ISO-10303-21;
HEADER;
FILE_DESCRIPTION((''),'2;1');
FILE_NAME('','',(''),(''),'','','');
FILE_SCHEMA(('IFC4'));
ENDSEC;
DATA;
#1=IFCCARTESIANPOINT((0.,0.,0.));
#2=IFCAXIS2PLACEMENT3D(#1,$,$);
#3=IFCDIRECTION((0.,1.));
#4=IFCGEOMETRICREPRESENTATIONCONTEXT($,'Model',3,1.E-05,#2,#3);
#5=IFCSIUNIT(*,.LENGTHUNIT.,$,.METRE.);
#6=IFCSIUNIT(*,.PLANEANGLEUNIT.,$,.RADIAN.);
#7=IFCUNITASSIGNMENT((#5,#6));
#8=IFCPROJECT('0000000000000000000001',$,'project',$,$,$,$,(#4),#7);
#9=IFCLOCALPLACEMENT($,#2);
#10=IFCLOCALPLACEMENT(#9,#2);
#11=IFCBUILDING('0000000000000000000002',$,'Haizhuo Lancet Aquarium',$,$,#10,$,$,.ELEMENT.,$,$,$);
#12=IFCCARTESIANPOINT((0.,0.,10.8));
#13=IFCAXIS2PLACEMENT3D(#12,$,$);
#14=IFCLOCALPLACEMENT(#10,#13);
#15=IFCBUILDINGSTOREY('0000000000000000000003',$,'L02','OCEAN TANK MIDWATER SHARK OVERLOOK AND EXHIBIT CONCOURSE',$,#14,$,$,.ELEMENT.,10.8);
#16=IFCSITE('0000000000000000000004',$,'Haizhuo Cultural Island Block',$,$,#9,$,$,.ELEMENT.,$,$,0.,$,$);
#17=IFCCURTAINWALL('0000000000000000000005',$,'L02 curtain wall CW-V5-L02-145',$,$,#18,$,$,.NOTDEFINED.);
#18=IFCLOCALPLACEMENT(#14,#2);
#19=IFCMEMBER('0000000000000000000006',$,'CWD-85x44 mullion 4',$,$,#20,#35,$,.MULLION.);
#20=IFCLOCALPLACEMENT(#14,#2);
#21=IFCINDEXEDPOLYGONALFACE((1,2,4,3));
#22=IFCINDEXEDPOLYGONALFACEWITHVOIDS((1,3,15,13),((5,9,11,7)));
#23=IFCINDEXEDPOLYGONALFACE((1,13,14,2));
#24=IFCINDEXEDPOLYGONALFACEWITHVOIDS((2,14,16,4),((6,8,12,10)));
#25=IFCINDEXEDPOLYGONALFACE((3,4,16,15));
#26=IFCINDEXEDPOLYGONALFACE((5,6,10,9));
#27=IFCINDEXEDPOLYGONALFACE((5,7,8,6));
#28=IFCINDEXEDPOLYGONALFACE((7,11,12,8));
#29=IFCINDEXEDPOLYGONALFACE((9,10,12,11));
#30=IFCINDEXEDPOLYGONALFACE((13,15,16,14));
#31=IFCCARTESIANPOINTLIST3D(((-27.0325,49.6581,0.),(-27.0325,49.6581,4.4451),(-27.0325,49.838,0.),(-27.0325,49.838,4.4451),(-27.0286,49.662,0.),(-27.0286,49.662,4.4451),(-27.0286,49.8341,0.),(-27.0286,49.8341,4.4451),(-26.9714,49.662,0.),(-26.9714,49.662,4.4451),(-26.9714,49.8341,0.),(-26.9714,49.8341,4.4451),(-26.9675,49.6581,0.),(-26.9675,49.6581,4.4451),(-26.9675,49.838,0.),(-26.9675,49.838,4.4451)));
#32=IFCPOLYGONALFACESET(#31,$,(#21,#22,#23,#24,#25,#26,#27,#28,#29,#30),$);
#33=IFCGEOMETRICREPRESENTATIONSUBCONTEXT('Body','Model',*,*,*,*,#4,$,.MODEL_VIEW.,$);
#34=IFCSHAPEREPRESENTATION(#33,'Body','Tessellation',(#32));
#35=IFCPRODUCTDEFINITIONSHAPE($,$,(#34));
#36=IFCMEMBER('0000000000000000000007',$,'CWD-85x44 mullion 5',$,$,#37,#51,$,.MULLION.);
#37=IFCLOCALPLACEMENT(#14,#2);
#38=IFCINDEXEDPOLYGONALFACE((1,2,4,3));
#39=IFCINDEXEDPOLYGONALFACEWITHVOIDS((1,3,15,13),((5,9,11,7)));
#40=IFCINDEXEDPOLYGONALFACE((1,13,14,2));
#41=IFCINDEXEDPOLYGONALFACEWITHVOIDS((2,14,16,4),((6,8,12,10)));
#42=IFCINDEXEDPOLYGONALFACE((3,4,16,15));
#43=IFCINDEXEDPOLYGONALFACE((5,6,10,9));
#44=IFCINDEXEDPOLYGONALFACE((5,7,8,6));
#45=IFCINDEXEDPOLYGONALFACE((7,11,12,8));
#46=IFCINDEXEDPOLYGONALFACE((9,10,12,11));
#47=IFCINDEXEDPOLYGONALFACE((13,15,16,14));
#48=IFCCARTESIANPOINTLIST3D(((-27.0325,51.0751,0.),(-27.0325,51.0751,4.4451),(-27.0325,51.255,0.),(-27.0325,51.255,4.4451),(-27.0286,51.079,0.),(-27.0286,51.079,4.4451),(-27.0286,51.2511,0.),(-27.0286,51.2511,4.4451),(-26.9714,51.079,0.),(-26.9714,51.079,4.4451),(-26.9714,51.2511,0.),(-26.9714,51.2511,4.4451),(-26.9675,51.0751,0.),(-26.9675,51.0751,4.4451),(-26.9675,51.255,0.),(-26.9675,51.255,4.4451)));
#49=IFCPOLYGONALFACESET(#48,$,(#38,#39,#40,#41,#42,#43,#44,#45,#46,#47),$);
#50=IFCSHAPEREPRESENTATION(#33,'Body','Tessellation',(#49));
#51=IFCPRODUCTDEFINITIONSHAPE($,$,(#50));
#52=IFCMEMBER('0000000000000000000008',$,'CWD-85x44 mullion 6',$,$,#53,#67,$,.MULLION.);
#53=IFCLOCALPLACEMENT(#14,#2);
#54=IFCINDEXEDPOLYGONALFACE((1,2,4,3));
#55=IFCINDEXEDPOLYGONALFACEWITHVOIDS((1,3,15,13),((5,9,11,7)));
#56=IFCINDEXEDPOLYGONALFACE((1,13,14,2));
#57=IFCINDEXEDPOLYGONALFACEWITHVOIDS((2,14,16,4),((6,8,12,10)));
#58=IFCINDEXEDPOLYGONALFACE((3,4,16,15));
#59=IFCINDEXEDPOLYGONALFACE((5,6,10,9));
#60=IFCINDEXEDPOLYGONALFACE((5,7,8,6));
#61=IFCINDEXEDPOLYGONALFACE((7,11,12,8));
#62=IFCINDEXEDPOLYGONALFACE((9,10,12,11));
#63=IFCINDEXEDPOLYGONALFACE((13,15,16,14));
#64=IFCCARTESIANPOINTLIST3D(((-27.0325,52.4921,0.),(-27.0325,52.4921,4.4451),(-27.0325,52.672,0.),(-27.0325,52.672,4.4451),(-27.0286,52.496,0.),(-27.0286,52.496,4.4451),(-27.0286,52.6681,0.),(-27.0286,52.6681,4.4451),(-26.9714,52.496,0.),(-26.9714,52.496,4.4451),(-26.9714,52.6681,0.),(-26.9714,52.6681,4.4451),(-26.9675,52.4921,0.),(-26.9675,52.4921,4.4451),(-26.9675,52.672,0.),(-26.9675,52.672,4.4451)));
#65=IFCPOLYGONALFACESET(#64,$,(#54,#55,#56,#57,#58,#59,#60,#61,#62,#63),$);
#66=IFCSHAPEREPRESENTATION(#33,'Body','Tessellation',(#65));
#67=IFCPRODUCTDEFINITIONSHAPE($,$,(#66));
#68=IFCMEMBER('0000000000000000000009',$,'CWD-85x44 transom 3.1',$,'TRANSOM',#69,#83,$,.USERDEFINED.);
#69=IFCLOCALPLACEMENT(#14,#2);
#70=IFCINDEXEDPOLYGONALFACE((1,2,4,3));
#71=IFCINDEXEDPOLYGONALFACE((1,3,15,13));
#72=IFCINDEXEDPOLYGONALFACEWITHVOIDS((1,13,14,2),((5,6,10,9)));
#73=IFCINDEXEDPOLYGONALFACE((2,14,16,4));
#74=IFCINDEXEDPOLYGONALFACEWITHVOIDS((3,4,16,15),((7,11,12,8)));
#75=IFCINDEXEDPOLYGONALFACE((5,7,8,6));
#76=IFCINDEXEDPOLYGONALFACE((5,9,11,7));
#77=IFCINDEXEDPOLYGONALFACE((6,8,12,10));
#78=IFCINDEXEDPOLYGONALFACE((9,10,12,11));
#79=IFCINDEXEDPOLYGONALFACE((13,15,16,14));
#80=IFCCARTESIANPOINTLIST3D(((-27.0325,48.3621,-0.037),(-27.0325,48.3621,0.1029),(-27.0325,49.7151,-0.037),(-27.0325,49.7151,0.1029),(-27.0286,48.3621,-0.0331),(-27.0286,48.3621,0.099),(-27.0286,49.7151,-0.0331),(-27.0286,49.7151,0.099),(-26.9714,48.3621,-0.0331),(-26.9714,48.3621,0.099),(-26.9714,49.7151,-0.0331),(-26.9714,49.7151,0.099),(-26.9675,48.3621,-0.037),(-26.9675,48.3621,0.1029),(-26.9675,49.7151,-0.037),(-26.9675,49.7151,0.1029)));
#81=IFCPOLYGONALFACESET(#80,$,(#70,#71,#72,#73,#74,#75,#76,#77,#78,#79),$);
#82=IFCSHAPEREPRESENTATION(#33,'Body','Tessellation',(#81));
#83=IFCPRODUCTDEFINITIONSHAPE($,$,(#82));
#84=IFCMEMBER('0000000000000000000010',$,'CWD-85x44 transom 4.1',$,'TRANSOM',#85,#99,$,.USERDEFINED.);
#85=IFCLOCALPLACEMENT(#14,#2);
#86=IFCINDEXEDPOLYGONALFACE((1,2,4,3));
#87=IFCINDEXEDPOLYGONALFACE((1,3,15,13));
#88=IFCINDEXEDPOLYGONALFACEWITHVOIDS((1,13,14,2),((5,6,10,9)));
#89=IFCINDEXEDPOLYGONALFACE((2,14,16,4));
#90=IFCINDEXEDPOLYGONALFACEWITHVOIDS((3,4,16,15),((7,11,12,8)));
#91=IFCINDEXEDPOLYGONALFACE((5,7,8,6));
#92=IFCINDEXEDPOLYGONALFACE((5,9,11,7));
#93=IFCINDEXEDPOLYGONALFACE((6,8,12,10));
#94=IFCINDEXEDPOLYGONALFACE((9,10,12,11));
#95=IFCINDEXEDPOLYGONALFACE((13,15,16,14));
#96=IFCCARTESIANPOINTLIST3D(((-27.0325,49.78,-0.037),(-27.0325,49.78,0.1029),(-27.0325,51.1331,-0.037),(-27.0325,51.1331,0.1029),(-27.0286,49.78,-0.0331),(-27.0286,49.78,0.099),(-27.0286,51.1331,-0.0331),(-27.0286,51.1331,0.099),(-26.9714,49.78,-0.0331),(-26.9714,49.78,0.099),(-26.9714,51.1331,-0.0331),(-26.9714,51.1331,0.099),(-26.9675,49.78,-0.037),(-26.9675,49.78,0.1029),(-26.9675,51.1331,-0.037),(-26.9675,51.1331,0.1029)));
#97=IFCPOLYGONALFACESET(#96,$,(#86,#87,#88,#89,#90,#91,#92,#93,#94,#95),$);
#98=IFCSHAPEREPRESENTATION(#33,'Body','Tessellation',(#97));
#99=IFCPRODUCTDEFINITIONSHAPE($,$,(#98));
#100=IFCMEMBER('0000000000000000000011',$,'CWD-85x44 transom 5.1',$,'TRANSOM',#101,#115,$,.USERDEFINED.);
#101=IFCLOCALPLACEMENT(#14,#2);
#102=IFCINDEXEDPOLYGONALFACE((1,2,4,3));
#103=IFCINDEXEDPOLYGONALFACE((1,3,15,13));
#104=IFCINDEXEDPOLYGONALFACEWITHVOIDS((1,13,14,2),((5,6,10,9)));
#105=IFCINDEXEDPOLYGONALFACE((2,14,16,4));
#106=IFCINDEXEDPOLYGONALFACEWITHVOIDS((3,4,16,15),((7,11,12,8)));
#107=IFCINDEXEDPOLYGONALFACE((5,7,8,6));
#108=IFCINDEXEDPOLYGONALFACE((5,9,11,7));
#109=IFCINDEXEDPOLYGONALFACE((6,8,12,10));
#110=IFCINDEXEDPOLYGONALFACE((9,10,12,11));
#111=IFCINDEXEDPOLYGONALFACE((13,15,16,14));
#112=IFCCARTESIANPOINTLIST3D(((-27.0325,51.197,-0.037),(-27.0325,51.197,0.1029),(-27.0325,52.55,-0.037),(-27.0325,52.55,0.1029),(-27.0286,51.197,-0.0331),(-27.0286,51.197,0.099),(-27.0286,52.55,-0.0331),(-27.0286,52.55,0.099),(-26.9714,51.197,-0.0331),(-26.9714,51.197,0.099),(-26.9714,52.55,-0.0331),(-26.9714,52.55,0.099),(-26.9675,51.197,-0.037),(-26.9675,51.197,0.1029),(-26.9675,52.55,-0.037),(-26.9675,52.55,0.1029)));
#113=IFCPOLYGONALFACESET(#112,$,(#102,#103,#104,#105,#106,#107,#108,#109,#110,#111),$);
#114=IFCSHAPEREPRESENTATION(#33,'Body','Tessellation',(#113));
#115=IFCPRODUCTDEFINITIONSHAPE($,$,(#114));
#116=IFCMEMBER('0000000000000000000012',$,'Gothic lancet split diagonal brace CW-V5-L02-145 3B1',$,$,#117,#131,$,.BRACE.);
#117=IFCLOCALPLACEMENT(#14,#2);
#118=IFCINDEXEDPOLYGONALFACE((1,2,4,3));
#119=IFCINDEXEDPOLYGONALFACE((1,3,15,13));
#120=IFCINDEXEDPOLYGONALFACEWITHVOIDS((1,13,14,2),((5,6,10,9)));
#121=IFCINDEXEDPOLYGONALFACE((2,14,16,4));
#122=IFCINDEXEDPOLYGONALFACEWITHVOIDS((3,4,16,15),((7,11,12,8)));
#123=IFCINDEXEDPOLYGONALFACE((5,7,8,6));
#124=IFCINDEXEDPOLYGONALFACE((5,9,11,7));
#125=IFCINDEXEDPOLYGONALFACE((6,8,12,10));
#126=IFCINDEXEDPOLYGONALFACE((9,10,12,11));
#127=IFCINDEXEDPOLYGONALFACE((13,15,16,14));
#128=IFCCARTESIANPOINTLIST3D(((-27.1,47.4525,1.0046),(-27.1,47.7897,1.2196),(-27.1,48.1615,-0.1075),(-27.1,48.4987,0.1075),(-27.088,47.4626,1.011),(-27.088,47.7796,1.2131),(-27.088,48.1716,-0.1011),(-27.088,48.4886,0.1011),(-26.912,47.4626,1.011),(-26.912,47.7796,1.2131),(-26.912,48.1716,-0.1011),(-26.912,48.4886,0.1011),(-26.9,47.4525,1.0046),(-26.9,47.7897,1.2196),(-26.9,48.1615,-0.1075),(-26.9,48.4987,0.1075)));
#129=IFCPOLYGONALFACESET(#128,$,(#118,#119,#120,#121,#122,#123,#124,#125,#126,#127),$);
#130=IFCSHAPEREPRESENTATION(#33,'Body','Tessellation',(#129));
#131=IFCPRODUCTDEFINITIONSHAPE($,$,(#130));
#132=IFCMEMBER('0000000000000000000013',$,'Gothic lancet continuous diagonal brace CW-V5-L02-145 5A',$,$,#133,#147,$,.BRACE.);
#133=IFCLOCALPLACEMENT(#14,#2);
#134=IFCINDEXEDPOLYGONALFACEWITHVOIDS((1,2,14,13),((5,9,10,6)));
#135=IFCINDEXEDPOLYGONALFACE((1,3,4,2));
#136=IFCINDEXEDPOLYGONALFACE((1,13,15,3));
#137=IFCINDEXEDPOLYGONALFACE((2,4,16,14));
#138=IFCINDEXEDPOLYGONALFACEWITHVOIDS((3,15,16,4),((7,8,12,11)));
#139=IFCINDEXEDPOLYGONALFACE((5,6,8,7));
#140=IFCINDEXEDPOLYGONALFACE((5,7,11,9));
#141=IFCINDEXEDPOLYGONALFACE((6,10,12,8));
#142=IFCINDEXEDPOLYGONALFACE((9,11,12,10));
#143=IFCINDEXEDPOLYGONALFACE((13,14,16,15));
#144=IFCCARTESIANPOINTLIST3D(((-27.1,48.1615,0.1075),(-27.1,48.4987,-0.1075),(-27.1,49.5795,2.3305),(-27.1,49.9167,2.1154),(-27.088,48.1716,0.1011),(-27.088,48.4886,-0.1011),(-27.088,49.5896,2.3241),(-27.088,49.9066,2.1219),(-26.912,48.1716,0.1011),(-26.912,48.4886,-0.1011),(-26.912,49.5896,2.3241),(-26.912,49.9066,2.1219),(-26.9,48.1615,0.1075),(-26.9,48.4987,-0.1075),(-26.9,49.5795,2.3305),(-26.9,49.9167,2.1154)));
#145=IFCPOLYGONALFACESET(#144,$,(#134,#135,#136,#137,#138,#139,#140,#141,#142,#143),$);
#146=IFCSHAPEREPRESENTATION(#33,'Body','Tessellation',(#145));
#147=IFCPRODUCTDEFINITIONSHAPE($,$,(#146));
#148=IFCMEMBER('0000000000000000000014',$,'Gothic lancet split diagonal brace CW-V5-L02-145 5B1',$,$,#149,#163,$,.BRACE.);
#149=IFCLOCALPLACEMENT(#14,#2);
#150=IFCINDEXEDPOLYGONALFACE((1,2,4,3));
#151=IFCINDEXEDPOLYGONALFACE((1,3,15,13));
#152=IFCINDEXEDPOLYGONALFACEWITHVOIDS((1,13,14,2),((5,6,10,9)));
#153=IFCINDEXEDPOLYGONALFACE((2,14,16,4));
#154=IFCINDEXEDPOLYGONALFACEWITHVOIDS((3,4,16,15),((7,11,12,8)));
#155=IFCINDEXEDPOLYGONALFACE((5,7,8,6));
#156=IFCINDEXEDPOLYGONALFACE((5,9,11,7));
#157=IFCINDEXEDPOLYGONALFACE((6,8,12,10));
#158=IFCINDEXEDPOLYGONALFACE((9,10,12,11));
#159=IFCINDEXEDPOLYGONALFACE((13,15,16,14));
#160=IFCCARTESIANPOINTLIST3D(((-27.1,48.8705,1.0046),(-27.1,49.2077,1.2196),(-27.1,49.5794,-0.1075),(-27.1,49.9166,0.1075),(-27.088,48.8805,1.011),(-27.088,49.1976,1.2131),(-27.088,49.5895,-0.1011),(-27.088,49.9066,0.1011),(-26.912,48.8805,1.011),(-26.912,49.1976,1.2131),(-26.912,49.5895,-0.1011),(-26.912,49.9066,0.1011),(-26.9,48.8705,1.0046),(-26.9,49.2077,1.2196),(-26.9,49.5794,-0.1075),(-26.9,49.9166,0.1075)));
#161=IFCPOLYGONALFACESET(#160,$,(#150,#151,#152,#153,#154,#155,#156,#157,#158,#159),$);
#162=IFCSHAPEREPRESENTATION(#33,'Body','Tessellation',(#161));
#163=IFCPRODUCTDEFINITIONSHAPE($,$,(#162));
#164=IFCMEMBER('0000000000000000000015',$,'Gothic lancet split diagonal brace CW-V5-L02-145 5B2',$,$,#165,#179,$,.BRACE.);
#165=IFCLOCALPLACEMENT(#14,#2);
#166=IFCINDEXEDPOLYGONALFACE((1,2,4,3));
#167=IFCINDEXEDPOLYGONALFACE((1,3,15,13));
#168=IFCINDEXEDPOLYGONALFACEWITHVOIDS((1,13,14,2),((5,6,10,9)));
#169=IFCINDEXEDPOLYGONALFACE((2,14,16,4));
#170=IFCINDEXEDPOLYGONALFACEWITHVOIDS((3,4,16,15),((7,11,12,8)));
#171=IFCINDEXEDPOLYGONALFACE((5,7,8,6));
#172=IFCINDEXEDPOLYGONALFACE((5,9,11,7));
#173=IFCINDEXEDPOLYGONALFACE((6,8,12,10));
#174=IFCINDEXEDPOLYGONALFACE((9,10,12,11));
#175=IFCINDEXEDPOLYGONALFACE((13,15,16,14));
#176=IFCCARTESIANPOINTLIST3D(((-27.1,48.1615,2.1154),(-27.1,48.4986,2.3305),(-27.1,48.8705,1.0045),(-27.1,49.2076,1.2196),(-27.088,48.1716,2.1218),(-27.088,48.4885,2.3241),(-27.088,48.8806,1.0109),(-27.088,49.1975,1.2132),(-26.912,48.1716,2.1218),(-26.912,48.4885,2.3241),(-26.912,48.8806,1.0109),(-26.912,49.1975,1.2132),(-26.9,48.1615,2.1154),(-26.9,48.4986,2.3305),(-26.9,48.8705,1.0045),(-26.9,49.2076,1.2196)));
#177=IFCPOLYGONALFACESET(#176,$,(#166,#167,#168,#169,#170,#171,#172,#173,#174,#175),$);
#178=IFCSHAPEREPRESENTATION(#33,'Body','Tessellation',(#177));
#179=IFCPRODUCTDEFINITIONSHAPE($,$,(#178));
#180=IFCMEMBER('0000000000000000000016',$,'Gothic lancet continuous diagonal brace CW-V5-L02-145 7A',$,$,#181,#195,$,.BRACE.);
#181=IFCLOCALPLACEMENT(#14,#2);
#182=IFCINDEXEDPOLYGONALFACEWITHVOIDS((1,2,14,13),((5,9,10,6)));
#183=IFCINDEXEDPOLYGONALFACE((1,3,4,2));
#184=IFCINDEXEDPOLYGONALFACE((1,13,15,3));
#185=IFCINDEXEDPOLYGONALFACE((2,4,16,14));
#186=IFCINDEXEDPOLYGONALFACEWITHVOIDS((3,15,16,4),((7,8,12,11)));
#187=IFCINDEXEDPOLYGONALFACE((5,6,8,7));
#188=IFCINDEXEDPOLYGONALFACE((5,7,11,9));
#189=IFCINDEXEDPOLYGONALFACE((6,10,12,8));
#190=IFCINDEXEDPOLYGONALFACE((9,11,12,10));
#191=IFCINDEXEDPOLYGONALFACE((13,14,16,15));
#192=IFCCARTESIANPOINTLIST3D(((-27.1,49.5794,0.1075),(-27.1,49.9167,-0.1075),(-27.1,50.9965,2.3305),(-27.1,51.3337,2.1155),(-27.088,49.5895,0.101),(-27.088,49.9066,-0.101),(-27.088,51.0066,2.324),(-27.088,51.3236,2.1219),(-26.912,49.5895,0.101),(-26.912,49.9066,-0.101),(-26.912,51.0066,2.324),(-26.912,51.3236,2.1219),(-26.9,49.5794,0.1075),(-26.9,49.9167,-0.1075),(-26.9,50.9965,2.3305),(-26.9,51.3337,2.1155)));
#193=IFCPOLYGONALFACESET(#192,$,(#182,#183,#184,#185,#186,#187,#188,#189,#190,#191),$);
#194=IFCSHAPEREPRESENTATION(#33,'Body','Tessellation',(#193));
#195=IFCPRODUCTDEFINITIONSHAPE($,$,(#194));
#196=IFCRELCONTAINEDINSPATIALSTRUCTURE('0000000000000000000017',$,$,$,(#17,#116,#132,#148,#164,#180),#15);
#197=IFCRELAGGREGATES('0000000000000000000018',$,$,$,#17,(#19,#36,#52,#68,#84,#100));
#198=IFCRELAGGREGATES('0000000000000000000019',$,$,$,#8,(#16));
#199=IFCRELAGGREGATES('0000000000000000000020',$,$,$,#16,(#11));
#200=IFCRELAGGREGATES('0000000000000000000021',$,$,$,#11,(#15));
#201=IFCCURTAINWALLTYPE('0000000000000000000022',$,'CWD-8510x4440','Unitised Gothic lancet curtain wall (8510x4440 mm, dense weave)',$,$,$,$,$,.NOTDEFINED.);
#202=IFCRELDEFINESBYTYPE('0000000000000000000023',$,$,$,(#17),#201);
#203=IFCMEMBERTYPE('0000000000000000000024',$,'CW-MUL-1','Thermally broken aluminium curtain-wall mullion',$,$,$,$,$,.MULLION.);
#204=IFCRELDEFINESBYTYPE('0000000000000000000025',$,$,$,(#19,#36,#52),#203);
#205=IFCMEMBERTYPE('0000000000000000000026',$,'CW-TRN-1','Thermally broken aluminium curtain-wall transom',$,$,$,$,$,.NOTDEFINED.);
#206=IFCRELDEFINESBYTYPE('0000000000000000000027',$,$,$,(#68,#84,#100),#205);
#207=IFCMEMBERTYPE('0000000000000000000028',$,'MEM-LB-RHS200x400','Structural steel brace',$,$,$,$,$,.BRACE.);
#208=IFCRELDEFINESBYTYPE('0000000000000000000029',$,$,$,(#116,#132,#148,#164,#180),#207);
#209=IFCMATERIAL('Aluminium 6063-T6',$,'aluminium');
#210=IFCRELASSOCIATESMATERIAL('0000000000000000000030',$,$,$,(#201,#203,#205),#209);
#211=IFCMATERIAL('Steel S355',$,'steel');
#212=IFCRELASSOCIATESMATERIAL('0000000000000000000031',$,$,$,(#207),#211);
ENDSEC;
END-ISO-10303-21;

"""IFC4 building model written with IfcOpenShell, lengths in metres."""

from ifc_helpers import new_model, si_unit, direction, frame, origin, origin_2d, place, context, subcontext, project, spatial, hollow_rectangle, extrude, material, material_profile, profile_set, type_object, element, aggregate, save


model = new_model("IFC4")

# Units and contexts
model_context = context("Model", 3, precision=1e-05, world=origin(), true_north=direction((0.0, 1.0)))
body_context = subcontext(model_context, "Body", "Model", "MODEL_VIEW")
ifc_project = project(units=[si_unit("LENGTHUNIT", "METRE"), si_unit("PLANEANGLEUNIT", "RADIAN")], contexts=[model_context])

# Site, building, storey
site_placement = place(None, origin())
site = spatial("IfcSite", under=ifc_project, at=site_placement, Name="Haizhuo Cultural Island Block", CompositionType="ELEMENT", RefElevation=0.0)
building_placement = place(site_placement, origin())
building = spatial("IfcBuilding", under=site, at=building_placement, Name="Haizhuo Lancet Aquarium", CompositionType="ELEMENT")
storey_placement = place(building_placement, frame((0.0, 0.0, 10.8)))
storey = spatial("IfcBuildingStorey", under=building, at=storey_placement, Name="L02", Description="OCEAN TANK MIDWATER SHARK OVERLOOK AND EXHIBIT CONCOURSE", CompositionType="ELEMENT", Elevation=10.8)

# Curtain wall, members
ifc_material_1 = material(Name="Aluminium 6063-T6", Category="aluminium")
curtain_wall_type = type_object("IfcCurtainWallType", Name="CWD-8510x4440", Description="Unitised Gothic lancet curtain wall (8510x4440 mm, dense weave)", PredefinedType="NOTDEFINED", material=ifc_material_1)
curtain_wall_placement = place(storey_placement, origin())
curtain_wall = element("IfcCurtainWall", 1, at=curtain_wall_placement, inside=storey, type_object=curtain_wall_type, Name="L02 curtain wall CW-V5-L02-145", PredefinedType="NOTDEFINED")
ifc_material_profile_1 = material_profile(ifc_material_1, hollow_rectangle(XDim=0.0649, YDim=0.1799, WallThickness=0.0039, at=origin_2d()), Name="ALU-M 65x180x4")
ifc_profile_set_1 = profile_set([ifc_material_profile_1], Name="Aluminium 6063-T6")
member_type_1 = type_object("IfcMemberType", Name="CW-MUL-1", Description="Thermally broken aluminium curtain-wall mullion", PredefinedType="MULLION", material=ifc_profile_set_1)
member_1_placement = place(storey_placement, frame((-27.0, 49.748, 0.0), z_axis=(0.0, 0.0, 1.0), x_axis=(-1.0, 0.0, 0.0)))
member_1 = element("IfcMember", 2, at=member_1_placement, type_object=member_type_1, Name="CWD-85x44 mullion 4", PredefinedType="MULLION", context=body_context, shape_type="SweptSolid", body=[
    extrude(hollow_rectangle(XDim=0.0649, YDim=0.1799, WallThickness=0.0039, at=origin_2d()), origin(), (0.0, 0.0, 1.0), 4.4451),
])
member_2_placement = place(storey_placement, frame((-27.0, 51.165, 0.0), z_axis=(0.0, 0.0, 1.0), x_axis=(-1.0, 0.0, 0.0)))
member_2 = element("IfcMember", 3, at=member_2_placement, type_object=member_type_1, Name="CWD-85x44 mullion 5", PredefinedType="MULLION", context=body_context, shape_type="SweptSolid", body=[
    extrude(hollow_rectangle(XDim=0.0649, YDim=0.1799, WallThickness=0.0039, at=origin_2d()), origin(), (0.0, 0.0, 1.0), 4.4451),
])
member_3_placement = place(storey_placement, frame((-27.0, 52.582, 0.0), z_axis=(0.0, 0.0, 1.0), x_axis=(-1.0, 0.0, 0.0)))
member_3 = element("IfcMember", 4, at=member_3_placement, type_object=member_type_1, Name="CWD-85x44 mullion 6", PredefinedType="MULLION", context=body_context, shape_type="SweptSolid", body=[
    extrude(hollow_rectangle(XDim=0.0649, YDim=0.1799, WallThickness=0.0039, at=origin_2d()), origin(), (0.0, 0.0, 1.0), 4.4451),
])
ifc_material_profile_2 = material_profile(ifc_material_1, hollow_rectangle(XDim=0.0649, YDim=0.1399, WallThickness=0.0039, at=origin_2d()), Name="ALU-T 65x140x4")
ifc_profile_set_2 = profile_set([ifc_material_profile_2], Name="Aluminium 6063-T6")
member_type_2 = type_object("IfcMemberType", Name="CW-TRN-1", Description="Thermally broken aluminium curtain-wall transom", PredefinedType="NOTDEFINED", material=ifc_profile_set_2)
member_4_placement = place(storey_placement, frame((-27.0, 48.3621, 0.033), z_axis=(0.0, 1.0, 0.0), x_axis=(-1.0, 0.0, 0.0)))
member_4 = element("IfcMember", 5, at=member_4_placement, type_object=member_type_2, Name="CWD-85x44 transom 3.1", ObjectType="TRANSOM", PredefinedType="USERDEFINED", context=body_context, shape_type="SweptSolid", body=[
    extrude(hollow_rectangle(XDim=0.0649, YDim=0.1399, WallThickness=0.0039, at=origin_2d()), origin(), (0.0, 0.0, 1.0), 1.353),
])
member_5_placement = place(storey_placement, frame((-27.0, 49.78, 0.033), z_axis=(0.0, 1.0, 0.0), x_axis=(-1.0, 0.0, 0.0)))
member_5 = element("IfcMember", 6, at=member_5_placement, type_object=member_type_2, Name="CWD-85x44 transom 4.1", ObjectType="TRANSOM", PredefinedType="USERDEFINED", context=body_context, shape_type="SweptSolid", body=[
    extrude(hollow_rectangle(XDim=0.0649, YDim=0.1399, WallThickness=0.0039, at=origin_2d()), origin(), (0.0, 0.0, 1.0), 1.353),
])
member_6_placement = place(storey_placement, frame((-27.0, 51.197, 0.033), z_axis=(0.0, 1.0, 0.0), x_axis=(-1.0, 0.0, 0.0)))
member_6 = element("IfcMember", 7, at=member_6_placement, type_object=member_type_2, Name="CWD-85x44 transom 5.1", ObjectType="TRANSOM", PredefinedType="USERDEFINED", context=body_context, shape_type="SweptSolid", body=[
    extrude(hollow_rectangle(XDim=0.0649, YDim=0.1399, WallThickness=0.0039, at=origin_2d()), origin(), (0.0, 0.0, 1.0), 1.353),
])

# Members
ifc_material_2 = material(Name="Steel S355", Category="steel")
ifc_material_profile_3 = material_profile(ifc_material_2, hollow_rectangle(XDim=0.2, YDim=0.3999, WallThickness=0.012, at=origin_2d()), Name="RHS 200x400x12")
ifc_profile_set_3 = profile_set([ifc_material_profile_3], Name="Steel S355")
member_type_3 = type_object("IfcMemberType", Name="MEM-LB-RHS200x400", Description="Structural steel brace", PredefinedType="BRACE", material=ifc_profile_set_3)
member_7_placement = place(storey_placement, frame((-27.0, 48.3301, 0.0), z_axis=(0.0, -0.537582, 0.843211), x_axis=(1.0, 0.0, 0.0)))
element("IfcMember", 8, at=member_7_placement, inside=storey, type_object=member_type_3, Name="Gothic lancet split diagonal brace CW-V5-L02-145 3B1", PredefinedType="BRACE", context=body_context, shape_type="SweptSolid", body=[
    extrude(hollow_rectangle(XDim=0.2, YDim=0.3999, WallThickness=0.012, at=origin_2d()), origin(), (0.0, 0.0, 1.0), 1.3188),
])
member_8_placement = place(storey_placement, frame((-27.0, 48.3301, 0.0), z_axis=(0.0, 0.537792, 0.843078), x_axis=(-1.0, 0.0, 0.0)))
element("IfcMember", 9, at=member_8_placement, inside=storey, type_object=member_type_3, Name="Gothic lancet continuous diagonal brace CW-V5-L02-145 5A", PredefinedType="BRACE", context=body_context, shape_type="SweptSolid", body=[
    extrude(hollow_rectangle(XDim=0.2, YDim=0.3999, WallThickness=0.012, at=origin_2d()), origin(), (0.0, 0.0, 1.0), 2.6367),
])
member_9_placement = place(storey_placement, frame((-27.0, 49.748, 0.0), z_axis=(0.0, -0.537582, 0.843211), x_axis=(1.0, 0.0, 0.0)))
element("IfcMember", 10, at=member_9_placement, inside=storey, type_object=member_type_3, Name="Gothic lancet split diagonal brace CW-V5-L02-145 5B1", PredefinedType="BRACE", context=body_context, shape_type="SweptSolid", body=[
    extrude(hollow_rectangle(XDim=0.2, YDim=0.3999, WallThickness=0.012, at=origin_2d()), origin(), (0.0, 0.0, 1.0), 1.3188),
])
member_10_placement = place(storey_placement, frame((-27.0, 49.0391, 1.1121), z_axis=(0.0, -0.538002, 0.842944), x_axis=(1.0, 0.0, 0.0)))
element("IfcMember", 11, at=member_10_placement, inside=storey, type_object=member_type_3, Name="Gothic lancet split diagonal brace CW-V5-L02-145 5B2", PredefinedType="BRACE", context=body_context, shape_type="SweptSolid", body=[
    extrude(hollow_rectangle(XDim=0.2, YDim=0.3999, WallThickness=0.012, at=origin_2d()), origin(), (0.0, 0.0, 1.0), 1.3179),
])
member_11_placement = place(storey_placement, frame((-27.0, 49.748, 0.0), z_axis=(0.0, 0.537529, 0.843246), x_axis=(-1.0, 0.0, 0.0)))
element("IfcMember", 12, at=member_11_placement, inside=storey, type_object=member_type_3, Name="Gothic lancet continuous diagonal brace CW-V5-L02-145 7A", PredefinedType="BRACE", context=body_context, shape_type="SweptSolid", body=[
    extrude(hollow_rectangle(XDim=0.2, YDim=0.3999, WallThickness=0.012, at=origin_2d()), origin(), (0.0, 0.0, 1.0), 2.6362),
])

aggregate(curtain_wall, [member_1, member_2, member_3, member_4, member_5, member_6])

save(model, "model.ifc")
